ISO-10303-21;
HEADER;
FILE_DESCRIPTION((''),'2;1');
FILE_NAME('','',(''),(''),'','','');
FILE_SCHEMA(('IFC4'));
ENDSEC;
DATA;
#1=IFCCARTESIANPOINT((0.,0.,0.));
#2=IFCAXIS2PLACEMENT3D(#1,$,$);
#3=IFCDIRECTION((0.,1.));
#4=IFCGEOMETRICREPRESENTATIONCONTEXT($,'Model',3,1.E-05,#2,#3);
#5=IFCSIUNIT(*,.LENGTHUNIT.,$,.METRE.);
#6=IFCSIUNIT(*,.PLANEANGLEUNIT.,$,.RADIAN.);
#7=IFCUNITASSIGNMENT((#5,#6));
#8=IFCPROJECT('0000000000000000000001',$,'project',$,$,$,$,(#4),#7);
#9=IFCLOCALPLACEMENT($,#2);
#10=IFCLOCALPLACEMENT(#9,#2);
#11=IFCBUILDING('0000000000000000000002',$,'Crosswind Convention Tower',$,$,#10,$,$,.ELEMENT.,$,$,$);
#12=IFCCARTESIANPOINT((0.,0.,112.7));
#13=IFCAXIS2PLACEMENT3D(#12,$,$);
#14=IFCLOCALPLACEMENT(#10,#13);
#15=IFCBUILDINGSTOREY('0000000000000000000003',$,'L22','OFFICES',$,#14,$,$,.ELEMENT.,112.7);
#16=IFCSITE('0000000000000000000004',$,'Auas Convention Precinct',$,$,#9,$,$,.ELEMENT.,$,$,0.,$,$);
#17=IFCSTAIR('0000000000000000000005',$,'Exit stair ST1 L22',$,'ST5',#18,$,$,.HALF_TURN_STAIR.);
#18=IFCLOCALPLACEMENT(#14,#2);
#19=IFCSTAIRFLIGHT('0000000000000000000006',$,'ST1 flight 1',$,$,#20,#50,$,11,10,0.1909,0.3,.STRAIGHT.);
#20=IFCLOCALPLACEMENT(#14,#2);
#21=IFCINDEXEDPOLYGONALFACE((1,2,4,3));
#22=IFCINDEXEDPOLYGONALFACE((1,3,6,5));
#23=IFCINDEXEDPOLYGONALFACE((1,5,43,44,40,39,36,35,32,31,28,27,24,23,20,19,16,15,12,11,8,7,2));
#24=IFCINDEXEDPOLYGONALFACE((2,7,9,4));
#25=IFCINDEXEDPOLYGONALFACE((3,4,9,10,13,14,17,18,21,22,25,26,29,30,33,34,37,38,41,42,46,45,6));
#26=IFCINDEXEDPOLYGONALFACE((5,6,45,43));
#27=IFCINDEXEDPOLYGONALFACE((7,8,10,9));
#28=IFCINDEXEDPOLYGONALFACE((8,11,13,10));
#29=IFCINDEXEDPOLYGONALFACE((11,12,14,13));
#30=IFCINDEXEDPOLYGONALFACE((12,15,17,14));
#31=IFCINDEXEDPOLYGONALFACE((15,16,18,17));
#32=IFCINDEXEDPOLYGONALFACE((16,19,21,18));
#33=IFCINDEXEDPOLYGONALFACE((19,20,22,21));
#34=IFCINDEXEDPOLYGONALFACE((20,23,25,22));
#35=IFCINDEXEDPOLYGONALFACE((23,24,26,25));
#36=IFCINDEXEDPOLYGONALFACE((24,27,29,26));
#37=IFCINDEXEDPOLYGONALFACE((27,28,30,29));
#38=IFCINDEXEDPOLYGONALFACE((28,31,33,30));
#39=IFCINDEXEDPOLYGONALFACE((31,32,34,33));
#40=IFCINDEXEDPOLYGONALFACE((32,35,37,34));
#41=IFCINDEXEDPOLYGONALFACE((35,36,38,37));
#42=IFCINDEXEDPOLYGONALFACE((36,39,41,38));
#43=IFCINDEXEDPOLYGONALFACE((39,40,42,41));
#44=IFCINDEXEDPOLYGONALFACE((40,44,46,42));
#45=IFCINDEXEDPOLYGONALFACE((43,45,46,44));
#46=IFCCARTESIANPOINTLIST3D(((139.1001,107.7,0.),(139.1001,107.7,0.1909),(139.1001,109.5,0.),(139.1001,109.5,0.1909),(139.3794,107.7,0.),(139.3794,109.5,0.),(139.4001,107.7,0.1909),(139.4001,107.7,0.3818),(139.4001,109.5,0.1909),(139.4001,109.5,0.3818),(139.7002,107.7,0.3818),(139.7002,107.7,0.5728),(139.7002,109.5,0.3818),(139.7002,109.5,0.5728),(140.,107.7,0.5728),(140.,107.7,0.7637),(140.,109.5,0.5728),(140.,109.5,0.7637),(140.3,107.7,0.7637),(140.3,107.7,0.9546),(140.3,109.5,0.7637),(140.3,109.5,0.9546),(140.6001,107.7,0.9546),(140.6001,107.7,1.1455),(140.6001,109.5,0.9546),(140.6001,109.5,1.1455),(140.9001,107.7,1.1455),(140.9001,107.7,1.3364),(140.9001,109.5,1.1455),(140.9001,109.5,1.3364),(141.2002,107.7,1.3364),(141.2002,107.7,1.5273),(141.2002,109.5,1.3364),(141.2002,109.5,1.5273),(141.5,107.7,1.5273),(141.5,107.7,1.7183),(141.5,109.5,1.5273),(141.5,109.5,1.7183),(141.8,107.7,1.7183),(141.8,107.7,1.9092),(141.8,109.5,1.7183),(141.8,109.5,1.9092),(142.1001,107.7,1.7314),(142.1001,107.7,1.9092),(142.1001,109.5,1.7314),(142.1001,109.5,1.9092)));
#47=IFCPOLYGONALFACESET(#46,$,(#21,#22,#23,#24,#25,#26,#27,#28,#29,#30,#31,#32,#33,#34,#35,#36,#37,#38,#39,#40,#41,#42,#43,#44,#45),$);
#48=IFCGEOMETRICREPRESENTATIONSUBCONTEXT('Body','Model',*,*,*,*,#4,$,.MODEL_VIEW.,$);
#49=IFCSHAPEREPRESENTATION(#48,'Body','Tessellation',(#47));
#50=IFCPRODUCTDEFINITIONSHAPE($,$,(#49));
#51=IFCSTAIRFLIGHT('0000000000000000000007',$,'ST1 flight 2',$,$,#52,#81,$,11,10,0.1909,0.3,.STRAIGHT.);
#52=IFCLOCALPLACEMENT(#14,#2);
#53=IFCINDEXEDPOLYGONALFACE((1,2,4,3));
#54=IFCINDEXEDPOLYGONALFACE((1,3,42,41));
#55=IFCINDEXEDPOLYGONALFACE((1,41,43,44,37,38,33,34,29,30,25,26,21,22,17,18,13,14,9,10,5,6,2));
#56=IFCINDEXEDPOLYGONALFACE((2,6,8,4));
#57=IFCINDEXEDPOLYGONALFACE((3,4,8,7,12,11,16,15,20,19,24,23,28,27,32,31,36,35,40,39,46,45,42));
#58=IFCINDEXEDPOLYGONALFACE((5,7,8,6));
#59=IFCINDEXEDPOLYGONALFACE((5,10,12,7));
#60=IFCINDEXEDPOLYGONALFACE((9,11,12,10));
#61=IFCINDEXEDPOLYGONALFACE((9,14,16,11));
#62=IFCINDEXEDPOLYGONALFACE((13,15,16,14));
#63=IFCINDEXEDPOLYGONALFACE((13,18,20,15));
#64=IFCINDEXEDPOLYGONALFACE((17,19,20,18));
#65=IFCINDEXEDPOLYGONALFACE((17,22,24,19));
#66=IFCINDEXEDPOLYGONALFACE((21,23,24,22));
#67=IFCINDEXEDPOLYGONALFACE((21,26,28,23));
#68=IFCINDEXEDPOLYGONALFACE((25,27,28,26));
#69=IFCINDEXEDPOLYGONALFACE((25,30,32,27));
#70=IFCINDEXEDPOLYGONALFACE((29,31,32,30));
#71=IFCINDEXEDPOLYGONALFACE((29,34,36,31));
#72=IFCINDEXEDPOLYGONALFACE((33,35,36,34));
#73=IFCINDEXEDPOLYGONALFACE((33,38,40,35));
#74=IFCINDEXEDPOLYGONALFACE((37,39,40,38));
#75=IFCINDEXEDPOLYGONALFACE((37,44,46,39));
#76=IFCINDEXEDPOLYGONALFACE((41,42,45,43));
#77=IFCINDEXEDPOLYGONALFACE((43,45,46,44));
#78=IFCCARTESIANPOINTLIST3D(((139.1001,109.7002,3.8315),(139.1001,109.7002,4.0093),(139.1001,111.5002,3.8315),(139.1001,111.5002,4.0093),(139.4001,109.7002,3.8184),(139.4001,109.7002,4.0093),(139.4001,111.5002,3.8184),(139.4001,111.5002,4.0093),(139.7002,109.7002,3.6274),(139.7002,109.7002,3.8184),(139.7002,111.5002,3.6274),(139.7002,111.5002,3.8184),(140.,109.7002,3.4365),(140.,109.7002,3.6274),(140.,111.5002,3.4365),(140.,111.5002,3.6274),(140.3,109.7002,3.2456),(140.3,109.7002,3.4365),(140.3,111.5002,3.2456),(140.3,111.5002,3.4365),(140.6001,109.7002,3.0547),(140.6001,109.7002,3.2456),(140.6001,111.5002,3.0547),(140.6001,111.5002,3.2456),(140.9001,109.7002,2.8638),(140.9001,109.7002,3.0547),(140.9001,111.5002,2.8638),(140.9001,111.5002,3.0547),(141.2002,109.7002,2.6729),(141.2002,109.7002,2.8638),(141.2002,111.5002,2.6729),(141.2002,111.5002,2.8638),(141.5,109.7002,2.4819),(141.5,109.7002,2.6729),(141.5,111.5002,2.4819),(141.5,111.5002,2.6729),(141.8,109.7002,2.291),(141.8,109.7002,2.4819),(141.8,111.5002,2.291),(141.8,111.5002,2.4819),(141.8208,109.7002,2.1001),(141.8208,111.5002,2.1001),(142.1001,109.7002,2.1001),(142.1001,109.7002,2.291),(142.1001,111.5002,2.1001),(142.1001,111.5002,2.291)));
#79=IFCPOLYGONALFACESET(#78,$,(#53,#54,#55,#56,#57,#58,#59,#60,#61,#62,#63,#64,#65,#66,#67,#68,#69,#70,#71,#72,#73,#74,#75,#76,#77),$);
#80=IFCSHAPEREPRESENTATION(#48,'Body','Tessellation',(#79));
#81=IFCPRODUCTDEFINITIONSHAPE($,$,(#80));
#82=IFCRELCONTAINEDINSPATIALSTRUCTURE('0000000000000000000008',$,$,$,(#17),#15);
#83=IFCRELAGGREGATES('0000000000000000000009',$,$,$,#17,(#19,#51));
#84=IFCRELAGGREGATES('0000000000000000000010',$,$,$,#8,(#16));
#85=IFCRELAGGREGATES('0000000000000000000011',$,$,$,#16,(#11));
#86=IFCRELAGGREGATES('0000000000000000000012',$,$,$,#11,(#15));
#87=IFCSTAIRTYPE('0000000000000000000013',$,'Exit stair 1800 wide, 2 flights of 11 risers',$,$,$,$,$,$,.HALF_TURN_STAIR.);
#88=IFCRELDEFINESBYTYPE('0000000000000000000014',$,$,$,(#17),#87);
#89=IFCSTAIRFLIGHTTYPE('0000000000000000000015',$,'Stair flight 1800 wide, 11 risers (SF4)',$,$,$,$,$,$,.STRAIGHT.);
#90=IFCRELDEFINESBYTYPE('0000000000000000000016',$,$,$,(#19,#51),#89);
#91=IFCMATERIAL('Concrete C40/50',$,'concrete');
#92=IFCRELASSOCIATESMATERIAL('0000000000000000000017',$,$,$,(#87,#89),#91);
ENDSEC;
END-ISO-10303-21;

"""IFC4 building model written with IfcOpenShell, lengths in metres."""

from ifc_helpers import new_model, si_unit, direction, frame, origin, place, context, subcontext, project, spatial, polyline, outline, extrude, material, type_object, element, aggregate, save


model = new_model("IFC4")

# Units and contexts
model_context = context("Model", 3, precision=1e-05, world=origin(), true_north=direction((0.0, 1.0)))
body_context = subcontext(model_context, "Body", "Model", "MODEL_VIEW")
ifc_project = project(units=[si_unit("LENGTHUNIT", "METRE"), si_unit("PLANEANGLEUNIT", "RADIAN")], contexts=[model_context])

# Site, building, storey
site_placement = place(None, origin())
site = spatial("IfcSite", under=ifc_project, at=site_placement, Name="Auas Convention Precinct", CompositionType="ELEMENT", RefElevation=0.0)
building_placement = place(site_placement, origin())
building = spatial("IfcBuilding", under=site, at=building_placement, Name="Crosswind Convention Tower", CompositionType="ELEMENT")
storey_placement = place(building_placement, frame((0.0, 0.0, 112.7)))
storey = spatial("IfcBuildingStorey", under=building, at=storey_placement, Name="L22", Description="OFFICES", CompositionType="ELEMENT", Elevation=112.7)

# Stair, stair flights
ifc_material_1 = material(Name="Concrete C40/50", Category="concrete")
stair_type = type_object("IfcStairType", Name="Exit stair 1800 wide, 2 flights of 11 risers", PredefinedType="HALF_TURN_STAIR", material=ifc_material_1)
stair_placement = place(storey_placement, origin())
stair = element("IfcStair", 1, at=stair_placement, inside=storey, type_object=stair_type, Name="Exit stair ST1 L22", ObjectType="ST5", PredefinedType="HALF_TURN_STAIR")
stair_flight_type = type_object("IfcStairFlightType", Name="Stair flight 1800 wide, 11 risers (SF4)", PredefinedType="STRAIGHT", material=ifc_material_1)
stair_flight_1_placement = place(storey_placement, frame((139.1001, 108.6001, 0.0), z_axis=(0.0, 0.0, 1.0), x_axis=(1.0, 0.0, 0.0)))
stair_flight_1 = element("IfcStairFlight", 2, at=stair_flight_1_placement, type_object=stair_flight_type, Name="ST1 flight 1", NumberOfRisers=11, NumberOfTreads=10, PredefinedType="STRAIGHT", RiserHeight=0.1909, TreadLength=0.3, context=body_context, shape_type="SweptSolid", body=[
    extrude(outline(polyline([(0.0, 0.0), (0.0, 0.1909), (0.3, 0.1909), (0.3, 0.3818), (0.6001, 0.3818), (0.6001, 0.5728), (0.8999, 0.5728), (0.8999, 0.7637), (1.2, 0.7637), (1.2, 0.9546), (1.5, 0.9546), (1.5, 1.1455), (1.8, 1.1455), (1.8, 1.3364), (2.1001, 1.3364), (2.1001, 1.5273), (2.3999, 1.5273), (2.3999, 1.7183), (2.7, 1.7183), (2.7, 1.9092), (3.0, 1.9092), (3.0, 2.1001), (3.0, 1.7314), (0.2793, 0.0), (0.0, 0.0)])), frame((0.0, 0.8999, 0.0), z_axis=(0.0, -1.0, 0.0), x_axis=(1.0, 0.0, 0.0)), (0.0, 0.0, 1.0), 1.8),
])
stair_flight_2_placement = place(storey_placement, frame((142.1001, 110.6001, 2.1001), z_axis=(0.0, 0.0, 1.0), x_axis=(-1.0, 0.0, 0.0)))
stair_flight_2 = element("IfcStairFlight", 3, at=stair_flight_2_placement, type_object=stair_flight_type, Name="ST1 flight 2", NumberOfRisers=11, NumberOfTreads=10, PredefinedType="STRAIGHT", RiserHeight=0.1909, TreadLength=0.3, context=body_context, shape_type="SweptSolid", body=[
    extrude(outline(polyline([(0.0, 0.0), (0.0, 0.1909), (0.3, 0.1909), (0.3, 0.3818), (0.6001, 0.3818), (0.6001, 0.5728), (0.8999, 0.5728), (0.8999, 0.7637), (1.2, 0.7637), (1.2, 0.9546), (1.5, 0.9546), (1.5, 1.1455), (1.8, 1.1455), (1.8, 1.3364), (2.1001, 1.3364), (2.1001, 1.5273), (2.3999, 1.5273), (2.3999, 1.7183), (2.7, 1.7183), (2.7, 1.9092), (3.0, 1.9092), (3.0, 2.1001), (3.0, 1.7314), (0.2793, 0.0), (0.0, 0.0)])), frame((0.0, 0.8999, 0.0), z_axis=(0.0, -1.0, 0.0), x_axis=(1.0, 0.0, 0.0)), (0.0, 0.0, 1.0), 1.8),
])
aggregate(stair, [stair_flight_1, stair_flight_2])

save(model, "model.ifc")
